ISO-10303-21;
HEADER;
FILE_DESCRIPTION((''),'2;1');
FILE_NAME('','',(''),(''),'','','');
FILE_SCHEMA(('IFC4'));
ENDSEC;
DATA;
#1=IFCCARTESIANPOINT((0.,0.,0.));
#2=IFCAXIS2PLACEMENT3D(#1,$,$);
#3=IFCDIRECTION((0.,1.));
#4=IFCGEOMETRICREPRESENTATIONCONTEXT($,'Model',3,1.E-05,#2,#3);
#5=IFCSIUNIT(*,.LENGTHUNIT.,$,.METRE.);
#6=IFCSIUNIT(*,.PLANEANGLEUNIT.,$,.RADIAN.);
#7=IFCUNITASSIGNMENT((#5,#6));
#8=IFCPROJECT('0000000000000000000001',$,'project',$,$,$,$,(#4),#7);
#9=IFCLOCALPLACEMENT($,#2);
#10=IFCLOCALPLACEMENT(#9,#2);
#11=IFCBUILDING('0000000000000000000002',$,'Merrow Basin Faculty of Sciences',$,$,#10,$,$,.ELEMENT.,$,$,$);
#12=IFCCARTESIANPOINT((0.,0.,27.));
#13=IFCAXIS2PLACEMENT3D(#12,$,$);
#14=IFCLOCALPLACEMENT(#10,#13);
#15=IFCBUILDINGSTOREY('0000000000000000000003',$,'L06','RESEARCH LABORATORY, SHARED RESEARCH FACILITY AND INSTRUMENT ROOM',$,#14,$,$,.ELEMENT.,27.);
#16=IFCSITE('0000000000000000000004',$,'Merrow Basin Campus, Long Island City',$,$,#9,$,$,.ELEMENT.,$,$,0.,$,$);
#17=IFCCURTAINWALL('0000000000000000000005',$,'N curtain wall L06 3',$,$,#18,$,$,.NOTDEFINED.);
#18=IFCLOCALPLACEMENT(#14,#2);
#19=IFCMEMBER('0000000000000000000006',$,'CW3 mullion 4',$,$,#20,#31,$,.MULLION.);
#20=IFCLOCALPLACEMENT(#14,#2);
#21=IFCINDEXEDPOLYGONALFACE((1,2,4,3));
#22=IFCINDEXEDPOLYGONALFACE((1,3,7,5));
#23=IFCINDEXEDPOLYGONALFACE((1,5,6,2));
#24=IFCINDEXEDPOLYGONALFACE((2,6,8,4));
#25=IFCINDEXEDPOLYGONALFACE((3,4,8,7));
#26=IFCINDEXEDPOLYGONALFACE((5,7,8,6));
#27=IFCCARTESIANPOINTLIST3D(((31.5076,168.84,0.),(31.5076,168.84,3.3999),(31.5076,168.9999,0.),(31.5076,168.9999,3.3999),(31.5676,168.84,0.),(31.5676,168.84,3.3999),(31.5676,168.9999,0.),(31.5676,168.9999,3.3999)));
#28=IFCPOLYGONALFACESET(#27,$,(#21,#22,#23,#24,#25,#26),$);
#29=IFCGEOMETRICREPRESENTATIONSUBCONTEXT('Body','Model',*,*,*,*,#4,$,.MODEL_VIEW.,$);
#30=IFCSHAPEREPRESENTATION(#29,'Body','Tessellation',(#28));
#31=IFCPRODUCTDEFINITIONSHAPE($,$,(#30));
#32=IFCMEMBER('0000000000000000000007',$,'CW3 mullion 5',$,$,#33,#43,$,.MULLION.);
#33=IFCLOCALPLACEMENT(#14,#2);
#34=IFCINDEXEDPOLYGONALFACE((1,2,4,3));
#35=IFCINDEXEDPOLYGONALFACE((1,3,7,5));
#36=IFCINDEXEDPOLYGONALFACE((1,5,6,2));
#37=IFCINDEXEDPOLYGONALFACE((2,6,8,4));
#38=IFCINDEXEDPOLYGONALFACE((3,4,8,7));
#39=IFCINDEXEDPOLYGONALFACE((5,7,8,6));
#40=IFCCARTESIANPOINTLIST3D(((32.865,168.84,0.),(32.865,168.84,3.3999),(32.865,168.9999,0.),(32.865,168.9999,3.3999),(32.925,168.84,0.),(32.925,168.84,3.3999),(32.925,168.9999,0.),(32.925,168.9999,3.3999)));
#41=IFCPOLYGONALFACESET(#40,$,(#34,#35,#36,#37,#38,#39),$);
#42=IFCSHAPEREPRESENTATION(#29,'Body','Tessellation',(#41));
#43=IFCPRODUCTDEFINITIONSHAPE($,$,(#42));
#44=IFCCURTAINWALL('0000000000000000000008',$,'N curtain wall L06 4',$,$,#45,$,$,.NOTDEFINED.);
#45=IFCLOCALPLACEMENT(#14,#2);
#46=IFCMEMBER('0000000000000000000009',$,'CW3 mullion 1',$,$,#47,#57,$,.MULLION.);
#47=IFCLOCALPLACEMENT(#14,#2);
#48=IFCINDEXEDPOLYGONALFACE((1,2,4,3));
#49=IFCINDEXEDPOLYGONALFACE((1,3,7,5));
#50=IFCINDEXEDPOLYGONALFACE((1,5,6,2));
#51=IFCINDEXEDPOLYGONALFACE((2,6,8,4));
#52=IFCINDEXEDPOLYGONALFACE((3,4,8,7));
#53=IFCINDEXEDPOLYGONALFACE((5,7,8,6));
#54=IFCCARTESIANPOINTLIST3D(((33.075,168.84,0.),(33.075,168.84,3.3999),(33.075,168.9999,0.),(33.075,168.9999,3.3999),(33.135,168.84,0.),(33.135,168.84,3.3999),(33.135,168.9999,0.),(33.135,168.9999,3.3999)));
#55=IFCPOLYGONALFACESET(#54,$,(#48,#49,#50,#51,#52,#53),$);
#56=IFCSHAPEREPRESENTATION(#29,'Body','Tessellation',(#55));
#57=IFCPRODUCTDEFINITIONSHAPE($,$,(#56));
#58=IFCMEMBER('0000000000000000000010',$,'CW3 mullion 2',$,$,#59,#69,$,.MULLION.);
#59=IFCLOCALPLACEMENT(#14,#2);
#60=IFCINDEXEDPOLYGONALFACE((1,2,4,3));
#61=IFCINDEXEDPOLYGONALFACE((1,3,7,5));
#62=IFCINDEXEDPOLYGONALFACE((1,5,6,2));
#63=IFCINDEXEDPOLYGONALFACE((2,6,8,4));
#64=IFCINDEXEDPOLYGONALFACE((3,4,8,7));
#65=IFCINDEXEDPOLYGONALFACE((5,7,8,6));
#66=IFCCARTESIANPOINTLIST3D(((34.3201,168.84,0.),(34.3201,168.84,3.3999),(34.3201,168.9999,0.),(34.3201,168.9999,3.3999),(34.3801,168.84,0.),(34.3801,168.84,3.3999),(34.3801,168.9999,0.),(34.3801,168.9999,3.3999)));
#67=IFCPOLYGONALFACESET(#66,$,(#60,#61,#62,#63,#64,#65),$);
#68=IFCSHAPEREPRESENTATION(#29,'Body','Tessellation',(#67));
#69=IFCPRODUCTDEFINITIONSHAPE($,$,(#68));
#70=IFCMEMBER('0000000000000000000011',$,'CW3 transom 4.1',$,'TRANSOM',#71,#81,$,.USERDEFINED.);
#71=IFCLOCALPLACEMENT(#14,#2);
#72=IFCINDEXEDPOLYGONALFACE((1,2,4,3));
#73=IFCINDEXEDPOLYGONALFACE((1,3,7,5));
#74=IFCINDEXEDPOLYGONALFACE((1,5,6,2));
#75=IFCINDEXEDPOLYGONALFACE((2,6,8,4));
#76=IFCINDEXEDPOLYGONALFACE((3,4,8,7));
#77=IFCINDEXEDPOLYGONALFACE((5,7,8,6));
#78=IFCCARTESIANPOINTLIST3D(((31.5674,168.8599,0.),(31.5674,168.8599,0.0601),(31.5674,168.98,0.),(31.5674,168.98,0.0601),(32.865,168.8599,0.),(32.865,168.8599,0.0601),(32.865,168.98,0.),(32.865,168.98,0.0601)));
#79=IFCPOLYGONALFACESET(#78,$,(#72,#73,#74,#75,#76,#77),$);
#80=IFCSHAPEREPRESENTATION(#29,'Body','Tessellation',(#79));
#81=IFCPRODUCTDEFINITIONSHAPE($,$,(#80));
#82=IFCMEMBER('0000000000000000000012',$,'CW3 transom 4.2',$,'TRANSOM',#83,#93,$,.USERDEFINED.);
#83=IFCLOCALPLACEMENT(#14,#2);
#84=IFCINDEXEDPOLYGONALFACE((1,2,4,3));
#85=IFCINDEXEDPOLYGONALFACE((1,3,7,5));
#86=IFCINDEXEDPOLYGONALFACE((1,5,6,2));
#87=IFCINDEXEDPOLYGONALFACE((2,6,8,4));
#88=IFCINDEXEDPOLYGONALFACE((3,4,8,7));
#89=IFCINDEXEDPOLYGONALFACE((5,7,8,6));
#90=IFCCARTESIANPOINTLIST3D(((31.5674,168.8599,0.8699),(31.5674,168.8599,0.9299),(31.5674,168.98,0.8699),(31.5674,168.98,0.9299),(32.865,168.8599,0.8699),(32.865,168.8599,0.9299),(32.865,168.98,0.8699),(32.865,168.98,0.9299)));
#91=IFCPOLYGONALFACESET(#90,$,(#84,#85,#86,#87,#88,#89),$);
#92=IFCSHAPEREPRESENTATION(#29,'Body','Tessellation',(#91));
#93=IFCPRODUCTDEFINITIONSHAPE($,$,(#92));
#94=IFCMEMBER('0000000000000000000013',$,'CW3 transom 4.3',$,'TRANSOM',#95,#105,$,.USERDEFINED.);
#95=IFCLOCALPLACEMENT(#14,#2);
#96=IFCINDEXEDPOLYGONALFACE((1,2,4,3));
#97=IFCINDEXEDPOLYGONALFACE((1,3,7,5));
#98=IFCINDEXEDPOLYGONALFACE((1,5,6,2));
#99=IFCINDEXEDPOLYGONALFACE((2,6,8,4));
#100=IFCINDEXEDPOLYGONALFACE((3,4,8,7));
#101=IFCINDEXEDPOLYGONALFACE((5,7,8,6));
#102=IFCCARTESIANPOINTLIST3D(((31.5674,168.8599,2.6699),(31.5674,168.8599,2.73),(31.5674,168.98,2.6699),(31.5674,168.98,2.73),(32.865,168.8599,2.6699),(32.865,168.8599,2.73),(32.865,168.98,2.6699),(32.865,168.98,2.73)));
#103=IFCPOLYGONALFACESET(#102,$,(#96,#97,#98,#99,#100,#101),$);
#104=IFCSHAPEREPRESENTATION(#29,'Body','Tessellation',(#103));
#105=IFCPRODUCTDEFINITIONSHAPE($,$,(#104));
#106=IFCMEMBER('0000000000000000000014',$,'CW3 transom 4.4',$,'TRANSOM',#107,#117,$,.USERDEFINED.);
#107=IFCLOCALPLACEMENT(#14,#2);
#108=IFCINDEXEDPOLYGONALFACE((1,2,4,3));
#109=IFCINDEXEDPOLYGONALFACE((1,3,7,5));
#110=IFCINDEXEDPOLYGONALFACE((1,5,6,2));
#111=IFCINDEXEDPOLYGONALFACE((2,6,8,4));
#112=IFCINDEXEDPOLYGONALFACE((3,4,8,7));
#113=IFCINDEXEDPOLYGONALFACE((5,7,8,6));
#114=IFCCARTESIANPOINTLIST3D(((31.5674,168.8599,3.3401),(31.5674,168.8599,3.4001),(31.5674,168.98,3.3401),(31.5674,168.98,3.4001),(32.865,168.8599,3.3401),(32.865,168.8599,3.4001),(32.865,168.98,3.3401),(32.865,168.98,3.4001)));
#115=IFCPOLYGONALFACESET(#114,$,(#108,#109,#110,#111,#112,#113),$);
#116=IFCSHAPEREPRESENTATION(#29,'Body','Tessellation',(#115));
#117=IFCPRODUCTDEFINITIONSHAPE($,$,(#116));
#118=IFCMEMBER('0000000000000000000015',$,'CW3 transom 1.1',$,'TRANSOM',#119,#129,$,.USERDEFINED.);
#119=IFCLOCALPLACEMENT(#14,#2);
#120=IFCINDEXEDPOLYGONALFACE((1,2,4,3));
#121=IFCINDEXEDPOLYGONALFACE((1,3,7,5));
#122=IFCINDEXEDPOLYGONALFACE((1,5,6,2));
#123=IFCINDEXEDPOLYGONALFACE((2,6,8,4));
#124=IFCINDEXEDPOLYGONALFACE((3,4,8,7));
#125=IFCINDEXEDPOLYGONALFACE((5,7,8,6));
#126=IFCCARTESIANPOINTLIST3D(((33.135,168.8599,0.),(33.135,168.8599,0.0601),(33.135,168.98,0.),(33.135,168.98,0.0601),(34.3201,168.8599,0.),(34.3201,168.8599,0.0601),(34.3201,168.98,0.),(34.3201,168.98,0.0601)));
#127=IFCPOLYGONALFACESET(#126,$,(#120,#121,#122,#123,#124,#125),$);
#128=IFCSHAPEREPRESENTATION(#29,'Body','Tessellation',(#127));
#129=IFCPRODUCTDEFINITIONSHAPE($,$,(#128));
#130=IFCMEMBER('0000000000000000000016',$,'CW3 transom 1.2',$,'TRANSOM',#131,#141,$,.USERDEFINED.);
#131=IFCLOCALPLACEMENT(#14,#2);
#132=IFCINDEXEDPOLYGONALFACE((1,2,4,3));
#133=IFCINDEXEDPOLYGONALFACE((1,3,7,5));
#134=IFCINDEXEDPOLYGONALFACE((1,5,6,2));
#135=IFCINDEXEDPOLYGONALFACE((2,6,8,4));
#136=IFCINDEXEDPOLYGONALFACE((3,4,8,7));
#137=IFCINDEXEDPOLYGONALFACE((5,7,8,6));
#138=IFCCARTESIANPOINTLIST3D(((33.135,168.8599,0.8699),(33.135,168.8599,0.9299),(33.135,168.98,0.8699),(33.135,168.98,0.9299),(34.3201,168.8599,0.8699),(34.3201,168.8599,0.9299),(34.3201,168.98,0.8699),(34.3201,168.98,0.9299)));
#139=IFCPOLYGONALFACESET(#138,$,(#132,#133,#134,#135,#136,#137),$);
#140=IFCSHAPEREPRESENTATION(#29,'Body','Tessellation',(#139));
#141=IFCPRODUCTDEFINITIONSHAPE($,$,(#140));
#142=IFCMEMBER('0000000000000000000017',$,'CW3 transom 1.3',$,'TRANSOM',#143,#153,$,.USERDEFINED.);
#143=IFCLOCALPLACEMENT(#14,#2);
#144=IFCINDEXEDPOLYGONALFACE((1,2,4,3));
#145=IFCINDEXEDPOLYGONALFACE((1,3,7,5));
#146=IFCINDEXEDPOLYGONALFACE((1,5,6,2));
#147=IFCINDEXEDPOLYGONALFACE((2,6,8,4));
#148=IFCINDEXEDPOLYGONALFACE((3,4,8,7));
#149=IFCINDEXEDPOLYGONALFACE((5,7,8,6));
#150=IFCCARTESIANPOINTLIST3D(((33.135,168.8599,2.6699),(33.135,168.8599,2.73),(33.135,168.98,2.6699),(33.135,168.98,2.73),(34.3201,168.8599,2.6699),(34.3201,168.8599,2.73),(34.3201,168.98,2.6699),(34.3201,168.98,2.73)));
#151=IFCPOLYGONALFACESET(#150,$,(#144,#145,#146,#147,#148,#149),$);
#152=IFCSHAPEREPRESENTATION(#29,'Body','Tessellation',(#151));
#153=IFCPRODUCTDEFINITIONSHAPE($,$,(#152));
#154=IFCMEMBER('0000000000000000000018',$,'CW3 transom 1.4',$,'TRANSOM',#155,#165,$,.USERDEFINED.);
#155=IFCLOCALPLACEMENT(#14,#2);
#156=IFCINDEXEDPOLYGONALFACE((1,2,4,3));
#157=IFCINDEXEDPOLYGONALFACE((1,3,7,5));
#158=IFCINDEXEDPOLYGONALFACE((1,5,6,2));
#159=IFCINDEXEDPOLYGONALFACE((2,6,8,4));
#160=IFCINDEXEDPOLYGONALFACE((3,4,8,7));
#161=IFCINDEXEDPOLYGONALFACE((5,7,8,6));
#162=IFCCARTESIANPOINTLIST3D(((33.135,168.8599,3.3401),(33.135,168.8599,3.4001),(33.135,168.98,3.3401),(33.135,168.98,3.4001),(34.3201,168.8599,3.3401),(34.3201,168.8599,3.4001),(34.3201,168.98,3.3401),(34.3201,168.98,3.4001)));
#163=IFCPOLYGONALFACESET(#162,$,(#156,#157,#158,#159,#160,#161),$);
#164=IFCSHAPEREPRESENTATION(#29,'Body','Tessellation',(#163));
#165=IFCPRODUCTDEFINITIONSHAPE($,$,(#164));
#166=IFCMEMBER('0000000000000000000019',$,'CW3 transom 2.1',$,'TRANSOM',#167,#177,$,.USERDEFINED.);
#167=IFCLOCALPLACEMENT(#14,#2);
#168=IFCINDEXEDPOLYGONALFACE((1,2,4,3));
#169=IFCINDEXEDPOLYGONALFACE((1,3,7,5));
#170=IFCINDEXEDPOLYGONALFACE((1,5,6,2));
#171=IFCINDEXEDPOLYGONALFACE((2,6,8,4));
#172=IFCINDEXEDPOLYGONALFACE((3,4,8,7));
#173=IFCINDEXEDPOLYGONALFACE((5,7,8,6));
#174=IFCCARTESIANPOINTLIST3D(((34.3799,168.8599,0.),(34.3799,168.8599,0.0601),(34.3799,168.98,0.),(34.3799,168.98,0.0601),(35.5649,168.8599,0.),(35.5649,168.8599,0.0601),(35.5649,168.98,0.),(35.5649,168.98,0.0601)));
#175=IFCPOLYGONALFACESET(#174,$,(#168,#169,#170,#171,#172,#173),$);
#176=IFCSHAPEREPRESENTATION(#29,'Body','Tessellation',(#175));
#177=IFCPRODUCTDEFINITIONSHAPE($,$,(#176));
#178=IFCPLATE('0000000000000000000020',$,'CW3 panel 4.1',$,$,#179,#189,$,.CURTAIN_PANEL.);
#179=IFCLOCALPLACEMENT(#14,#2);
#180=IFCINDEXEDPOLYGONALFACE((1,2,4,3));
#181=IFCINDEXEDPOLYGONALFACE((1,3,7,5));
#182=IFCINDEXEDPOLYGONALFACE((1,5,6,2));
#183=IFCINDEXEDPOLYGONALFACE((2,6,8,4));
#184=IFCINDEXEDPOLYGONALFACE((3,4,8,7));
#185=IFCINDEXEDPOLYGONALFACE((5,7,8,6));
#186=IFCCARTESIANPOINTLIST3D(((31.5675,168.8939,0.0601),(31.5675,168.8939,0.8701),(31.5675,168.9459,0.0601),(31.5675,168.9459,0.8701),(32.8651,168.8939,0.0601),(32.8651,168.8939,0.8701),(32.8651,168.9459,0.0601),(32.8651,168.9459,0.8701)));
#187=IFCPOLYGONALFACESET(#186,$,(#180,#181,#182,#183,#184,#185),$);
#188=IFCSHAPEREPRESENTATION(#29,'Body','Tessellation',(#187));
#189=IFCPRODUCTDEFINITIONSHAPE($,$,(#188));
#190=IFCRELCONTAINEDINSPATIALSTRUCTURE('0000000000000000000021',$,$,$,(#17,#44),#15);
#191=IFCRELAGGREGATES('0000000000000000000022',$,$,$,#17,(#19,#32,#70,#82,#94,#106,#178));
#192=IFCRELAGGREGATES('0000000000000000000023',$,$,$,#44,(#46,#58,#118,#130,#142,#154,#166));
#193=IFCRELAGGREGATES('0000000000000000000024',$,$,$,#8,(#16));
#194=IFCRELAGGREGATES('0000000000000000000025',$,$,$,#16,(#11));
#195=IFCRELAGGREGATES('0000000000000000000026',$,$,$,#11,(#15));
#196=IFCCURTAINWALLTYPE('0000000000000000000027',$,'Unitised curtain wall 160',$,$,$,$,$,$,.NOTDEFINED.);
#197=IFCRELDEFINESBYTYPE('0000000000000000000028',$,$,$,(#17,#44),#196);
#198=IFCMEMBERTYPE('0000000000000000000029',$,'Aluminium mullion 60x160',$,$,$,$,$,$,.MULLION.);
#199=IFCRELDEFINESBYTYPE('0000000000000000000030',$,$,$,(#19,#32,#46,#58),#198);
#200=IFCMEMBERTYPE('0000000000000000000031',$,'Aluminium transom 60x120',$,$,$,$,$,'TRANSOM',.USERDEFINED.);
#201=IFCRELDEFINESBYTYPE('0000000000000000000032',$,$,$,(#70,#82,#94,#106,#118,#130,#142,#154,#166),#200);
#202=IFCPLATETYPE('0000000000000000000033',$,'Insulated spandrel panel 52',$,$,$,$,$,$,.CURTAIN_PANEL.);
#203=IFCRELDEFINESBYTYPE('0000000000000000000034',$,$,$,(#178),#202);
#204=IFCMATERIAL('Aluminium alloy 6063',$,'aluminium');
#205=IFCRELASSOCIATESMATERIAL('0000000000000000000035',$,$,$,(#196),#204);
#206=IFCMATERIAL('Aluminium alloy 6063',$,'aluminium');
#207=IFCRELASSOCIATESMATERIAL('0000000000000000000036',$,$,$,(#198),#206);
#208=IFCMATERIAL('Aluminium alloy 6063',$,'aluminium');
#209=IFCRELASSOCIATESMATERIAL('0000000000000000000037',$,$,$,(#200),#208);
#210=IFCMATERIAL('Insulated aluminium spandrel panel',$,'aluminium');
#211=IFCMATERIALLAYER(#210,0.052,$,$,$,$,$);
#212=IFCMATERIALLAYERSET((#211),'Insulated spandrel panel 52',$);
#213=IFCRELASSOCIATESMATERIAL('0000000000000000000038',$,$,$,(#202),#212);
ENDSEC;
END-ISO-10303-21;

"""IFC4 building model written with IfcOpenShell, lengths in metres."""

from ifc_helpers import new_model, si_unit, direction, frame, origin, origin_2d, place, context, subcontext, project, spatial, rectangle, extrude, material, layer, layer_set, material_profile, profile_set, type_object, element, aggregate, save


model = new_model("IFC4")

# Units and contexts
model_context = context("Model", 3, precision=1e-05, world=origin(), true_north=direction((0.0, 1.0)))
body_context = subcontext(model_context, "Body", "Model", "MODEL_VIEW")
ifc_project = project(units=[si_unit("LENGTHUNIT", "METRE"), si_unit("PLANEANGLEUNIT", "RADIAN")], contexts=[model_context])

# Site, building, storey
site_placement = place(None, origin())
site = spatial("IfcSite", under=ifc_project, at=site_placement, Name="Merrow Basin Campus, Long Island City", CompositionType="ELEMENT", RefElevation=0.0)
building_placement = place(site_placement, origin())
building = spatial("IfcBuilding", under=site, at=building_placement, Name="Merrow Basin Faculty of Sciences", CompositionType="ELEMENT")
storey_placement = place(building_placement, frame((0.0, 0.0, 27.0)))
storey = spatial("IfcBuildingStorey", under=building, at=storey_placement, Name="L06", Description="RESEARCH LABORATORY, SHARED RESEARCH FACILITY AND INSTRUMENT ROOM", CompositionType="ELEMENT", Elevation=27.0)

# Curtain walls, members
ifc_material_1 = material(Name="Aluminium alloy 6063", Category="aluminium")
curtain_wall_type = type_object("IfcCurtainWallType", Name="Unitised curtain wall 160", PredefinedType="NOTDEFINED", material=ifc_material_1)
curtain_wall_1_placement = place(storey_placement, origin())
curtain_wall_1 = element("IfcCurtainWall", 1, at=curtain_wall_1_placement, inside=storey, type_object=curtain_wall_type, Name="N curtain wall L06 3", PredefinedType="NOTDEFINED")
ifc_material_2 = material(Name="Aluminium alloy 6063", Category="aluminium")
ifc_material_profile_1 = material_profile(ifc_material_2, rectangle(XDim=0.1599, YDim=0.0601, at=origin_2d()))
ifc_profile_set_1 = profile_set([ifc_material_profile_1], Name="Aluminium alloy 6063")
member_type_1 = type_object("IfcMemberType", Name="Aluminium mullion 60x160", PredefinedType="MULLION", material=ifc_profile_set_1)
member_1_placement = place(storey_placement, frame((31.5376, 168.9199, 0.0), z_axis=(0.0, 0.0, 1.0), x_axis=(0.0, 1.0, 0.0)))
member_1 = element("IfcMember", 2, at=member_1_placement, type_object=member_type_1, Name="CW3 mullion 4", PredefinedType="MULLION", context=body_context, shape_type="SweptSolid", body=[
    extrude(rectangle(XDim=0.1599, YDim=0.0601, at=origin_2d()), origin(), (0.0, 0.0, 1.0), 3.3999),
])
member_2_placement = place(storey_placement, frame((32.895, 168.9199, 0.0), z_axis=(0.0, 0.0, 1.0), x_axis=(0.0, 1.0, 0.0)))
member_2 = element("IfcMember", 3, at=member_2_placement, type_object=member_type_1, Name="CW3 mullion 5", PredefinedType="MULLION", context=body_context, shape_type="SweptSolid", body=[
    extrude(rectangle(XDim=0.1599, YDim=0.0601, at=origin_2d()), origin(), (0.0, 0.0, 1.0), 3.3999),
])
curtain_wall_2_placement = place(storey_placement, origin())
curtain_wall_2 = element("IfcCurtainWall", 4, at=curtain_wall_2_placement, inside=storey, type_object=curtain_wall_type, Name="N curtain wall L06 4", PredefinedType="NOTDEFINED")
member_3_placement = place(storey_placement, frame((33.105, 168.9199, 0.0), z_axis=(0.0, 0.0, 1.0), x_axis=(0.0, 1.0, 0.0)))
member_3 = element("IfcMember", 5, at=member_3_placement, type_object=member_type_1, Name="CW3 mullion 1", PredefinedType="MULLION", context=body_context, shape_type="SweptSolid", body=[
    extrude(rectangle(XDim=0.1599, YDim=0.0601, at=origin_2d()), origin(), (0.0, 0.0, 1.0), 3.3999),
])
member_4_placement = place(storey_placement, frame((34.3501, 168.9199, 0.0), z_axis=(0.0, 0.0, 1.0), x_axis=(0.0, 1.0, 0.0)))
member_4 = element("IfcMember", 6, at=member_4_placement, type_object=member_type_1, Name="CW3 mullion 2", PredefinedType="MULLION", context=body_context, shape_type="SweptSolid", body=[
    extrude(rectangle(XDim=0.1599, YDim=0.0601, at=origin_2d()), origin(), (0.0, 0.0, 1.0), 3.3999),
])

# Members
ifc_material_3 = material(Name="Aluminium alloy 6063", Category="aluminium")
ifc_material_profile_2 = material_profile(ifc_material_3, rectangle(XDim=0.1201, YDim=0.0601, at=origin_2d()))
ifc_profile_set_2 = profile_set([ifc_material_profile_2], Name="Aluminium alloy 6063")
member_type_2 = type_object("IfcMemberType", Name="Aluminium transom 60x120", ElementType="TRANSOM", PredefinedType="USERDEFINED", material=ifc_profile_set_2)
member_5_placement = place(storey_placement, frame((31.5674, 168.9199, 0.03), z_axis=(1.0, 0.0, 0.0), x_axis=(0.0, 1.0, 0.0)))
member_5 = element("IfcMember", 7, at=member_5_placement, type_object=member_type_2, Name="CW3 transom 4.1", ObjectType="TRANSOM", PredefinedType="USERDEFINED", context=body_context, shape_type="SweptSolid", body=[
    extrude(rectangle(XDim=0.1201, YDim=0.0601, at=origin_2d()), origin(), (0.0, 0.0, 1.0), 1.2976),
])
member_6_placement = place(storey_placement, frame((31.5674, 168.9199, 0.8999), z_axis=(1.0, 0.0, 0.0), x_axis=(0.0, 1.0, 0.0)))
member_6 = element("IfcMember", 8, at=member_6_placement, type_object=member_type_2, Name="CW3 transom 4.2", ObjectType="TRANSOM", PredefinedType="USERDEFINED", context=body_context, shape_type="SweptSolid", body=[
    extrude(rectangle(XDim=0.1201, YDim=0.0601, at=origin_2d()), origin(), (0.0, 0.0, 1.0), 1.2976),
])
member_7_placement = place(storey_placement, frame((31.5674, 168.9199, 2.7), z_axis=(1.0, 0.0, 0.0), x_axis=(0.0, 1.0, 0.0)))
member_7 = element("IfcMember", 9, at=member_7_placement, type_object=member_type_2, Name="CW3 transom 4.3", ObjectType="TRANSOM", PredefinedType="USERDEFINED", context=body_context, shape_type="SweptSolid", body=[
    extrude(rectangle(XDim=0.1201, YDim=0.0601, at=origin_2d()), origin(), (0.0, 0.0, 1.0), 1.2976),
])
member_8_placement = place(storey_placement, frame((31.5674, 168.9199, 3.3701), z_axis=(1.0, 0.0, 0.0), x_axis=(0.0, 1.0, 0.0)))
member_8 = element("IfcMember", 10, at=member_8_placement, type_object=member_type_2, Name="CW3 transom 4.4", ObjectType="TRANSOM", PredefinedType="USERDEFINED", context=body_context, shape_type="SweptSolid", body=[
    extrude(rectangle(XDim=0.1201, YDim=0.0601, at=origin_2d()), origin(), (0.0, 0.0, 1.0), 1.2976),
])
member_9_placement = place(storey_placement, frame((33.135, 168.9199, 0.03), z_axis=(1.0, 0.0, 0.0), x_axis=(0.0, 1.0, 0.0)))
member_9 = element("IfcMember", 11, at=member_9_placement, type_object=member_type_2, Name="CW3 transom 1.1", ObjectType="TRANSOM", PredefinedType="USERDEFINED", context=body_context, shape_type="SweptSolid", body=[
    extrude(rectangle(XDim=0.1201, YDim=0.0601, at=origin_2d()), origin(), (0.0, 0.0, 1.0), 1.1851),
])
member_10_placement = place(storey_placement, frame((33.135, 168.9199, 0.8999), z_axis=(1.0, 0.0, 0.0), x_axis=(0.0, 1.0, 0.0)))
member_10 = element("IfcMember", 12, at=member_10_placement, type_object=member_type_2, Name="CW3 transom 1.2", ObjectType="TRANSOM", PredefinedType="USERDEFINED", context=body_context, shape_type="SweptSolid", body=[
    extrude(rectangle(XDim=0.1201, YDim=0.0601, at=origin_2d()), origin(), (0.0, 0.0, 1.0), 1.1851),
])
member_11_placement = place(storey_placement, frame((33.135, 168.9199, 2.7), z_axis=(1.0, 0.0, 0.0), x_axis=(0.0, 1.0, 0.0)))
member_11 = element("IfcMember", 13, at=member_11_placement, type_object=member_type_2, Name="CW3 transom 1.3", ObjectType="TRANSOM", PredefinedType="USERDEFINED", context=body_context, shape_type="SweptSolid", body=[
    extrude(rectangle(XDim=0.1201, YDim=0.0601, at=origin_2d()), origin(), (0.0, 0.0, 1.0), 1.1851),
])
member_12_placement = place(storey_placement, frame((33.135, 168.9199, 3.3701), z_axis=(1.0, 0.0, 0.0), x_axis=(0.0, 1.0, 0.0)))
member_12 = element("IfcMember", 14, at=member_12_placement, type_object=member_type_2, Name="CW3 transom 1.4", ObjectType="TRANSOM", PredefinedType="USERDEFINED", context=body_context, shape_type="SweptSolid", body=[
    extrude(rectangle(XDim=0.1201, YDim=0.0601, at=origin_2d()), origin(), (0.0, 0.0, 1.0), 1.1851),
])
member_13_placement = place(storey_placement, frame((34.3799, 168.9199, 0.03), z_axis=(1.0, 0.0, 0.0), x_axis=(0.0, 1.0, 0.0)))
member_13 = element("IfcMember", 15, at=member_13_placement, type_object=member_type_2, Name="CW3 transom 2.1", ObjectType="TRANSOM", PredefinedType="USERDEFINED", context=body_context, shape_type="SweptSolid", body=[
    extrude(rectangle(XDim=0.1201, YDim=0.0601, at=origin_2d()), origin(), (0.0, 0.0, 1.0), 1.1851),
])

# Plate
ifc_material_4 = material(Name="Insulated aluminium spandrel panel", Category="aluminium")
ifc_layer_1 = layer(ifc_material_4, 0.052)
ifc_layer_set_1 = layer_set([ifc_layer_1], Name="Insulated spandrel panel 52")
plate_type_1 = type_object("IfcPlateType", Name="Insulated spandrel panel 52", PredefinedType="CURTAIN_PANEL", material=ifc_layer_set_1)
plate_1_placement = place(storey_placement, frame((32.2163, 168.9199, 0.0601), z_axis=(0.0, 0.0, 1.0), x_axis=(1.0, 0.0, 0.0)))
plate_1 = element("IfcPlate", 16, at=plate_1_placement, type_object=plate_type_1, Name="CW3 panel 4.1", PredefinedType="CURTAIN_PANEL", context=body_context, shape_type="SweptSolid", body=[
    extrude(rectangle(XDim=1.2976, YDim=0.052, at=origin_2d()), origin(), (0.0, 0.0, 1.0), 0.8101),
])
aggregate(curtain_wall_1, [member_1, member_2, member_5, member_6, member_7, member_8, plate_1])
aggregate(curtain_wall_2, [member_3, member_4, member_9, member_10, member_11, member_12, member_13])

save(model, "model.ifc")
